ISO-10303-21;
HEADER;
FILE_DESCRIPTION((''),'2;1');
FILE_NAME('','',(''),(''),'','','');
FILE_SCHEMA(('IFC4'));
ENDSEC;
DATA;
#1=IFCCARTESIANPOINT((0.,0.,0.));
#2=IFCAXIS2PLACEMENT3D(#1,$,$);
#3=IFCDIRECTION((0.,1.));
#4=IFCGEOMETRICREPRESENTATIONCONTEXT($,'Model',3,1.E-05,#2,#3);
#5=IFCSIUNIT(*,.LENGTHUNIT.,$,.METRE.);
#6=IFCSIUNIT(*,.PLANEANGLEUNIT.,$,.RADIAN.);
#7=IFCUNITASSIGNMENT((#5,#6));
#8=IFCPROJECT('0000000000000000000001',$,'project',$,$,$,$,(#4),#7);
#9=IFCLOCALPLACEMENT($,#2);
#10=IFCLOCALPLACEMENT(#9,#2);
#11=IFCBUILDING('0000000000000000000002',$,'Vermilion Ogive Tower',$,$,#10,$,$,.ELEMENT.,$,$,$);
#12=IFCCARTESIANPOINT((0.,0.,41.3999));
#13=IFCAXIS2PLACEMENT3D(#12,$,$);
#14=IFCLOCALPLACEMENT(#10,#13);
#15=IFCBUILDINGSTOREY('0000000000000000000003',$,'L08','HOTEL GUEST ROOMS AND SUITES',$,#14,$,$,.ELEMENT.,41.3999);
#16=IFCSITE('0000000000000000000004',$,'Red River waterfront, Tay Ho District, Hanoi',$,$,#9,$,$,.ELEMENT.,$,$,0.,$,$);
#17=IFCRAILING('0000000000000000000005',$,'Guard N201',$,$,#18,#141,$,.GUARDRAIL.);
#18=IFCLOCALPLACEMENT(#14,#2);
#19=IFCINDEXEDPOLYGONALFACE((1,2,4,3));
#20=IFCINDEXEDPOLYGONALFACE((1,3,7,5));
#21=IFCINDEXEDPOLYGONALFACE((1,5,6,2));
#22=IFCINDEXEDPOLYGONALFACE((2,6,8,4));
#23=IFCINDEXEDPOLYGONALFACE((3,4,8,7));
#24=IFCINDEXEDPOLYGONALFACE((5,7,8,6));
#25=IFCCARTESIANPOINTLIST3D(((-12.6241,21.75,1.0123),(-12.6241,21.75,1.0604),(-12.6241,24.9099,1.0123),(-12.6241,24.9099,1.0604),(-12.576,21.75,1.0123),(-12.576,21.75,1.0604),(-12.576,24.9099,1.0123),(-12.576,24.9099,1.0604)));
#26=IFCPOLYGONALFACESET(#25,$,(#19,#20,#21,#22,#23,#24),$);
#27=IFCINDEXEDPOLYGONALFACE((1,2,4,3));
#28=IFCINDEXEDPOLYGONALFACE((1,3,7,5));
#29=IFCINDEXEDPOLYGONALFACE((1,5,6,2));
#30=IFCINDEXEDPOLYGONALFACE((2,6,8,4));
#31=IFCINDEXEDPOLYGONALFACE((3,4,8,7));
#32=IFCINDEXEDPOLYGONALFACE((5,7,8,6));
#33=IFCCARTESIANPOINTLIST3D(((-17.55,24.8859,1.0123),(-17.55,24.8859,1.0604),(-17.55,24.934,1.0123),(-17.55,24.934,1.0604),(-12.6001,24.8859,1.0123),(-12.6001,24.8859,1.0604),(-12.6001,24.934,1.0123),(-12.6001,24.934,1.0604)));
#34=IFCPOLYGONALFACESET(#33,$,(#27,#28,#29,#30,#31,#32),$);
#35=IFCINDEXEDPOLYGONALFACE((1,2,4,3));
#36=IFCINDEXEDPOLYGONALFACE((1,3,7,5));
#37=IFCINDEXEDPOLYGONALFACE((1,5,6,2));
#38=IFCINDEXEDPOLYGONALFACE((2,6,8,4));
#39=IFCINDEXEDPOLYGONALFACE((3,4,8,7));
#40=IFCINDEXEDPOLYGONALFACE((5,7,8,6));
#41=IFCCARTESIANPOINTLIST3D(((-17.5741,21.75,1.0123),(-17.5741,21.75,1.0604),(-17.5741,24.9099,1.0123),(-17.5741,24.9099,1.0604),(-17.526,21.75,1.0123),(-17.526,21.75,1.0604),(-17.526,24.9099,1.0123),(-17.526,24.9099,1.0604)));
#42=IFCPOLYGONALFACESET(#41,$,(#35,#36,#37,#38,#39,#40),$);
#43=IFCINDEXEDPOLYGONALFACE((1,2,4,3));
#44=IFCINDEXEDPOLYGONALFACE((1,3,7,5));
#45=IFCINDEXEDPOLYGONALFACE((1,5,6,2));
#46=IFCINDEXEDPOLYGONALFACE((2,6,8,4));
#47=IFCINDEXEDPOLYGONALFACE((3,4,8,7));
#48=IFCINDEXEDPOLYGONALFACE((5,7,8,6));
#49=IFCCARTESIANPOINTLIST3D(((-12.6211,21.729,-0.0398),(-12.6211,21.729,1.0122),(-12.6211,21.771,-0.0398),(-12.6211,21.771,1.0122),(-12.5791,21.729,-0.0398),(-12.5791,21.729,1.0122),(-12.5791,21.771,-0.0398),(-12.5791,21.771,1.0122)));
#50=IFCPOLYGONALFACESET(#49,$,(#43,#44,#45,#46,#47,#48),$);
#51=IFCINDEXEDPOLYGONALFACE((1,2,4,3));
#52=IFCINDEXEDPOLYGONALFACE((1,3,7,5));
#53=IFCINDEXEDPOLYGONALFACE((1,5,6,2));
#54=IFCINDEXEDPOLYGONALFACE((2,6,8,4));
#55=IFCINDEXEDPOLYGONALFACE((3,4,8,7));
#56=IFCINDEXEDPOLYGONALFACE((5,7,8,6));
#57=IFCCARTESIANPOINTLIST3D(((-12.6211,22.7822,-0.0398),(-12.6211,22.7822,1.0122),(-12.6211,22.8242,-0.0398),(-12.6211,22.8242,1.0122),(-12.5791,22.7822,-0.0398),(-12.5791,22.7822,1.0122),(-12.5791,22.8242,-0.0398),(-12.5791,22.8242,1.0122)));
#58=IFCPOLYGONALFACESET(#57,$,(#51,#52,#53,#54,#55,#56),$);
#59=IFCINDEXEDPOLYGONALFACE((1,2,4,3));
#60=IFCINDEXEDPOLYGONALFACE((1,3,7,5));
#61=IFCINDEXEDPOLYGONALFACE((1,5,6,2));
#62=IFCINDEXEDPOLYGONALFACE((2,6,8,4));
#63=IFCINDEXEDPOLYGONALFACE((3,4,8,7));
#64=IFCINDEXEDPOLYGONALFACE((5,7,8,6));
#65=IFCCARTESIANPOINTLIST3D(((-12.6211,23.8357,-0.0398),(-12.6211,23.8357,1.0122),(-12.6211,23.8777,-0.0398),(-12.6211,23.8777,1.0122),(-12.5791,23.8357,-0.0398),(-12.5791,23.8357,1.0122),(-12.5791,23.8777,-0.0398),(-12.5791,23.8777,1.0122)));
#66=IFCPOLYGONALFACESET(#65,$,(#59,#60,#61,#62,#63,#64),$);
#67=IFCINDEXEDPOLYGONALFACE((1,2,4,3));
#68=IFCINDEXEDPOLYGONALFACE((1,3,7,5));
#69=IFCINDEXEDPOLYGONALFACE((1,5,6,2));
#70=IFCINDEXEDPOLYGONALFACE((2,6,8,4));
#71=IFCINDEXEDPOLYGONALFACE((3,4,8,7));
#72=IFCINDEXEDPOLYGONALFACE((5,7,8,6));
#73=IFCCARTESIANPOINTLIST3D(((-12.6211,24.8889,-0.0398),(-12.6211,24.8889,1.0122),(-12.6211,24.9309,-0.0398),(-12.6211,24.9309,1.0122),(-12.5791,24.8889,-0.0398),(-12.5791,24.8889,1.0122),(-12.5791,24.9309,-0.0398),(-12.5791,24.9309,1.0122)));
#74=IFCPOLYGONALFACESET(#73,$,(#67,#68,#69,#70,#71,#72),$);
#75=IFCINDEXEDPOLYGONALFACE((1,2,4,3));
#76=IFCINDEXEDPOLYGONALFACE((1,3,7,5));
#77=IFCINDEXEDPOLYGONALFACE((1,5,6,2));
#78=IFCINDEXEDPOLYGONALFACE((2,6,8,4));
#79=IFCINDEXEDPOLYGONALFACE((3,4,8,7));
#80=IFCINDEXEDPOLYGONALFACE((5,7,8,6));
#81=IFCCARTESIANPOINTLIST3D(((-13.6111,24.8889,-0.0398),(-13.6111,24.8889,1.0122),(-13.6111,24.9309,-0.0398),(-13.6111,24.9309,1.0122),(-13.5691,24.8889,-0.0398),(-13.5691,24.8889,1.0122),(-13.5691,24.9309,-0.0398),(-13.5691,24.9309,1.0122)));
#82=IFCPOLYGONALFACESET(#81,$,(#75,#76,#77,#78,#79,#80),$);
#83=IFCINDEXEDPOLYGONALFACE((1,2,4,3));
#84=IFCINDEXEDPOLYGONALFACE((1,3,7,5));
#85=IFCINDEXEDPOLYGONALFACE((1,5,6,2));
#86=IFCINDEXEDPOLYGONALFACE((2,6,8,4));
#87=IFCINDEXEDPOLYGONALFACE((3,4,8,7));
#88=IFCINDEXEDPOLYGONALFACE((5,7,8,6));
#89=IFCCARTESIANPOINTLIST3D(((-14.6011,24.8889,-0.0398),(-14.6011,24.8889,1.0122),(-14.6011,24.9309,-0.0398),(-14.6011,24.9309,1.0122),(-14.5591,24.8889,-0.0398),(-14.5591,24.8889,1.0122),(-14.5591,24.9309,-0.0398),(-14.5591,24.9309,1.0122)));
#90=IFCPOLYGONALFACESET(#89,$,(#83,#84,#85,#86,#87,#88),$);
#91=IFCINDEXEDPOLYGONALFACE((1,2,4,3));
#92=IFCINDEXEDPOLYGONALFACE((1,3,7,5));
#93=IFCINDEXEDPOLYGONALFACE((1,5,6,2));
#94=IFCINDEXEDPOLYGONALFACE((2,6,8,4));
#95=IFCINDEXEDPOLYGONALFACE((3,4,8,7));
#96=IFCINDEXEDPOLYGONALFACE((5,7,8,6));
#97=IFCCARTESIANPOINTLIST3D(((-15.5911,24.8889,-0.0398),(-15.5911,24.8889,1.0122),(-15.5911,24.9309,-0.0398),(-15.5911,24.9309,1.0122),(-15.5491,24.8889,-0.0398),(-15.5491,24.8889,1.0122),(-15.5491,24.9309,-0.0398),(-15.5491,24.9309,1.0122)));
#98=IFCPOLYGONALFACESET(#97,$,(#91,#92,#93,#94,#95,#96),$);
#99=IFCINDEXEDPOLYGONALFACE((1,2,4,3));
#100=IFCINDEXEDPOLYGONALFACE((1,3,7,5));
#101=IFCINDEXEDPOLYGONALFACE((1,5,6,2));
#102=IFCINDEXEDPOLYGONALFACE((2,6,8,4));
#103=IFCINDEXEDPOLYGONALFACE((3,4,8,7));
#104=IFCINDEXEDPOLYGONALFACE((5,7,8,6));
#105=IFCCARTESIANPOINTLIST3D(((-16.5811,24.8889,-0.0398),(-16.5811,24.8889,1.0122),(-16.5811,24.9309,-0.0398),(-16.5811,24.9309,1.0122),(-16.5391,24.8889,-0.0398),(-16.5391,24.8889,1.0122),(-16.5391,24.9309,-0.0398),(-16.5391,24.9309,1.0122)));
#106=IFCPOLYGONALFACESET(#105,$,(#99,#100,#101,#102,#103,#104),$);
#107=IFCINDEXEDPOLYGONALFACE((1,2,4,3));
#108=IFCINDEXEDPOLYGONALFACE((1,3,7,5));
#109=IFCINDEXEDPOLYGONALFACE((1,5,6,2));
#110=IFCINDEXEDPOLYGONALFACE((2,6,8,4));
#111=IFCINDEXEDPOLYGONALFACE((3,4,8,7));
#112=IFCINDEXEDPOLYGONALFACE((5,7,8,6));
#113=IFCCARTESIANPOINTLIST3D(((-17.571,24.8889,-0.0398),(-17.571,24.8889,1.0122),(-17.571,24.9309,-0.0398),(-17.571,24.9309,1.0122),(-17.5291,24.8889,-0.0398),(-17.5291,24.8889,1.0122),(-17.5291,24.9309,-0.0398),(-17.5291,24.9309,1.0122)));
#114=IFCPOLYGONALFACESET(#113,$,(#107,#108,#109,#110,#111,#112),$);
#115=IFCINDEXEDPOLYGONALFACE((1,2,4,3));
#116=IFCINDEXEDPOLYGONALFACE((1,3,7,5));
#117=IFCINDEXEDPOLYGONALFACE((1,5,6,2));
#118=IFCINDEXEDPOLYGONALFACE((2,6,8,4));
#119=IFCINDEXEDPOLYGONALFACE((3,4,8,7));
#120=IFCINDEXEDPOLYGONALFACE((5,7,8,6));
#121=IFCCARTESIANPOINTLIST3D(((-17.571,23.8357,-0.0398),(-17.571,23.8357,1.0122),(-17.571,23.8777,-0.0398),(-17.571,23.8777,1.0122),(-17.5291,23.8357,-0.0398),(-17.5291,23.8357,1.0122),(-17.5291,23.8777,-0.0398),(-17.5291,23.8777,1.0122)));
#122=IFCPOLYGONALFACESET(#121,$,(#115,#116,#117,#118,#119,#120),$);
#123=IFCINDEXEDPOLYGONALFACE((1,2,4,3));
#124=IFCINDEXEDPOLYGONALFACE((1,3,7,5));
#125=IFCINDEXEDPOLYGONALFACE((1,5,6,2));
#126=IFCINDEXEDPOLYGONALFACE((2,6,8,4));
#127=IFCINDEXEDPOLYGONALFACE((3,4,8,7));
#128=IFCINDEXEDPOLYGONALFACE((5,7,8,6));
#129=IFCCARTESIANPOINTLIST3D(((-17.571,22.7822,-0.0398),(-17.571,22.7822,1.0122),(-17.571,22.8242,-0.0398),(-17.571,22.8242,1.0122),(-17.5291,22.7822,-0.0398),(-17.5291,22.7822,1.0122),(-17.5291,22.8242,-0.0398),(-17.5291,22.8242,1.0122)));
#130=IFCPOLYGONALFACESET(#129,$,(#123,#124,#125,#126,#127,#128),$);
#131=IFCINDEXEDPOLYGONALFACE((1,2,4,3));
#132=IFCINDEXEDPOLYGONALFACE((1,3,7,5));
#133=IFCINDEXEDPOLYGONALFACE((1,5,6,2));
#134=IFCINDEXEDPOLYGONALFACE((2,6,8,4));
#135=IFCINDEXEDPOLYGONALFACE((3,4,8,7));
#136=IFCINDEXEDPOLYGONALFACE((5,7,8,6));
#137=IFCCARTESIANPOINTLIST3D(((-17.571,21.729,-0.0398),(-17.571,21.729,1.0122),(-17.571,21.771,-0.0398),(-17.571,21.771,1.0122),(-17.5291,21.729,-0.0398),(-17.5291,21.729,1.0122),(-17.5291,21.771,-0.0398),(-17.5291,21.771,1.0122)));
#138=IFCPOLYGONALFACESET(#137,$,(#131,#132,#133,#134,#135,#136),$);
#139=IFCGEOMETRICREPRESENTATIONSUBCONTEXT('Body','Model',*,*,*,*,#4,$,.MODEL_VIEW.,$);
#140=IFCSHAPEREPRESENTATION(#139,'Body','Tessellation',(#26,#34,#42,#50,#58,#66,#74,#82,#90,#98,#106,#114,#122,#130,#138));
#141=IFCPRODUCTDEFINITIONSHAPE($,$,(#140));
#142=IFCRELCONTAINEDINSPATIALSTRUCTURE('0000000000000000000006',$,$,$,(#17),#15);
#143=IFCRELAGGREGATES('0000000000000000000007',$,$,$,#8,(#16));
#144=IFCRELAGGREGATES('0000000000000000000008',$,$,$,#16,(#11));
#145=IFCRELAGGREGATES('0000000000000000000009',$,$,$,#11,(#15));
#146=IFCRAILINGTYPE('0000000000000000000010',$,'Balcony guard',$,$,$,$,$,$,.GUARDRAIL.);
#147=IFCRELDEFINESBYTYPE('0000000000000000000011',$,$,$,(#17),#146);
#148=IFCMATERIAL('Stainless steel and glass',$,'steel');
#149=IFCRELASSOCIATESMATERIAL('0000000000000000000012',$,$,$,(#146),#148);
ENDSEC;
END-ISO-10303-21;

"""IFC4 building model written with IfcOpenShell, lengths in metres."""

from ifc_helpers import new_model, si_unit, direction, frame, origin, origin_2d, place, context, subcontext, project, spatial, rectangle, extrude, material, type_object, element, save


model = new_model("IFC4")

# Units and contexts
model_context = context("Model", 3, precision=1e-05, world=origin(), true_north=direction((0.0, 1.0)))
body_context = subcontext(model_context, "Body", "Model", "MODEL_VIEW")
ifc_project = project(units=[si_unit("LENGTHUNIT", "METRE"), si_unit("PLANEANGLEUNIT", "RADIAN")], contexts=[model_context])

# Site, building, storey
site_placement = place(None, origin())
site = spatial("IfcSite", under=ifc_project, at=site_placement, Name="Red River waterfront, Tay Ho District, Hanoi", CompositionType="ELEMENT", RefElevation=0.0)
building_placement = place(site_placement, origin())
building = spatial("IfcBuilding", under=site, at=building_placement, Name="Vermilion Ogive Tower", CompositionType="ELEMENT")
storey_placement = place(building_placement, frame((0.0, 0.0, 41.3999)))
storey = spatial("IfcBuildingStorey", under=building, at=storey_placement, Name="L08", Description="HOTEL GUEST ROOMS AND SUITES", CompositionType="ELEMENT", Elevation=41.3999)

# Railing
ifc_material_1 = material(Name="Stainless steel and glass", Category="steel")
railing_type = type_object("IfcRailingType", Name="Balcony guard", PredefinedType="GUARDRAIL", material=ifc_material_1)
railing_placement = place(storey_placement, frame((-12.6001, 21.75, -0.0398)))
element("IfcRailing", 1, at=railing_placement, inside=storey, type_object=railing_type, Name="Guard N201", PredefinedType="GUARDRAIL", context=body_context, shape_type="SweptSolid", body=[
    extrude(rectangle(XDim=0.0481, YDim=0.0481, at=origin_2d()), frame((0.0, 0.0, 1.0762), z_axis=(0.0, 1.0, 0.0), x_axis=(-1.0, 0.0, 0.0)), (0.0, 0.0, 1.0), 3.1599),
    extrude(rectangle(XDim=0.0481, YDim=0.0481, at=origin_2d()), frame((0.0, 3.1599, 1.0762), z_axis=(-1.0, 0.0, 0.0), x_axis=(0.0, -1.0, 0.0)), (0.0, 0.0, 1.0), 4.95),
    extrude(rectangle(XDim=0.0481, YDim=0.0481, at=origin_2d()), frame((-4.95, 3.1599, 1.0762), z_axis=(0.0, -1.0, 0.0), x_axis=(1.0, 0.0, 0.0)), (0.0, 0.0, 1.0), 3.1599),
    extrude(rectangle(XDim=0.042, YDim=0.042, at=origin_2d()), origin(), (0.0, 0.0, 1.0), 1.052),
    extrude(rectangle(XDim=0.042, YDim=0.042, at=origin_2d()), frame((0.0, 1.0532, 0.0)), (0.0, 0.0, 1.0), 1.052),
    extrude(rectangle(XDim=0.042, YDim=0.042, at=origin_2d()), frame((0.0, 2.1067, 0.0)), (0.0, 0.0, 1.0), 1.052),
    extrude(rectangle(XDim=0.042, YDim=0.042, at=origin_2d()), frame((0.0, 3.1599, 0.0)), (0.0, 0.0, 1.0), 1.052),
    extrude(rectangle(XDim=0.042, YDim=0.042, at=origin_2d()), frame((-0.99, 3.1599, 0.0)), (0.0, 0.0, 1.0), 1.052),
    extrude(rectangle(XDim=0.042, YDim=0.042, at=origin_2d()), frame((-1.98, 3.1599, 0.0)), (0.0, 0.0, 1.0), 1.052),
    extrude(rectangle(XDim=0.042, YDim=0.042, at=origin_2d()), frame((-2.97, 3.1599, 0.0)), (0.0, 0.0, 1.0), 1.052),
    extrude(rectangle(XDim=0.042, YDim=0.042, at=origin_2d()), frame((-3.96, 3.1599, 0.0)), (0.0, 0.0, 1.0), 1.052),
    extrude(rectangle(XDim=0.042, YDim=0.042, at=origin_2d()), frame((-4.95, 3.1599, 0.0)), (0.0, 0.0, 1.0), 1.052),
    extrude(rectangle(XDim=0.042, YDim=0.042, at=origin_2d()), frame((-4.95, 2.1067, 0.0)), (0.0, 0.0, 1.0), 1.052),
    extrude(rectangle(XDim=0.042, YDim=0.042, at=origin_2d()), frame((-4.95, 1.0532, 0.0)), (0.0, 0.0, 1.0), 1.052),
    extrude(rectangle(XDim=0.042, YDim=0.042, at=origin_2d()), frame((-4.95, 0.0, 0.0)), (0.0, 0.0, 1.0), 1.052),
])

save(model, "model.ifc")
